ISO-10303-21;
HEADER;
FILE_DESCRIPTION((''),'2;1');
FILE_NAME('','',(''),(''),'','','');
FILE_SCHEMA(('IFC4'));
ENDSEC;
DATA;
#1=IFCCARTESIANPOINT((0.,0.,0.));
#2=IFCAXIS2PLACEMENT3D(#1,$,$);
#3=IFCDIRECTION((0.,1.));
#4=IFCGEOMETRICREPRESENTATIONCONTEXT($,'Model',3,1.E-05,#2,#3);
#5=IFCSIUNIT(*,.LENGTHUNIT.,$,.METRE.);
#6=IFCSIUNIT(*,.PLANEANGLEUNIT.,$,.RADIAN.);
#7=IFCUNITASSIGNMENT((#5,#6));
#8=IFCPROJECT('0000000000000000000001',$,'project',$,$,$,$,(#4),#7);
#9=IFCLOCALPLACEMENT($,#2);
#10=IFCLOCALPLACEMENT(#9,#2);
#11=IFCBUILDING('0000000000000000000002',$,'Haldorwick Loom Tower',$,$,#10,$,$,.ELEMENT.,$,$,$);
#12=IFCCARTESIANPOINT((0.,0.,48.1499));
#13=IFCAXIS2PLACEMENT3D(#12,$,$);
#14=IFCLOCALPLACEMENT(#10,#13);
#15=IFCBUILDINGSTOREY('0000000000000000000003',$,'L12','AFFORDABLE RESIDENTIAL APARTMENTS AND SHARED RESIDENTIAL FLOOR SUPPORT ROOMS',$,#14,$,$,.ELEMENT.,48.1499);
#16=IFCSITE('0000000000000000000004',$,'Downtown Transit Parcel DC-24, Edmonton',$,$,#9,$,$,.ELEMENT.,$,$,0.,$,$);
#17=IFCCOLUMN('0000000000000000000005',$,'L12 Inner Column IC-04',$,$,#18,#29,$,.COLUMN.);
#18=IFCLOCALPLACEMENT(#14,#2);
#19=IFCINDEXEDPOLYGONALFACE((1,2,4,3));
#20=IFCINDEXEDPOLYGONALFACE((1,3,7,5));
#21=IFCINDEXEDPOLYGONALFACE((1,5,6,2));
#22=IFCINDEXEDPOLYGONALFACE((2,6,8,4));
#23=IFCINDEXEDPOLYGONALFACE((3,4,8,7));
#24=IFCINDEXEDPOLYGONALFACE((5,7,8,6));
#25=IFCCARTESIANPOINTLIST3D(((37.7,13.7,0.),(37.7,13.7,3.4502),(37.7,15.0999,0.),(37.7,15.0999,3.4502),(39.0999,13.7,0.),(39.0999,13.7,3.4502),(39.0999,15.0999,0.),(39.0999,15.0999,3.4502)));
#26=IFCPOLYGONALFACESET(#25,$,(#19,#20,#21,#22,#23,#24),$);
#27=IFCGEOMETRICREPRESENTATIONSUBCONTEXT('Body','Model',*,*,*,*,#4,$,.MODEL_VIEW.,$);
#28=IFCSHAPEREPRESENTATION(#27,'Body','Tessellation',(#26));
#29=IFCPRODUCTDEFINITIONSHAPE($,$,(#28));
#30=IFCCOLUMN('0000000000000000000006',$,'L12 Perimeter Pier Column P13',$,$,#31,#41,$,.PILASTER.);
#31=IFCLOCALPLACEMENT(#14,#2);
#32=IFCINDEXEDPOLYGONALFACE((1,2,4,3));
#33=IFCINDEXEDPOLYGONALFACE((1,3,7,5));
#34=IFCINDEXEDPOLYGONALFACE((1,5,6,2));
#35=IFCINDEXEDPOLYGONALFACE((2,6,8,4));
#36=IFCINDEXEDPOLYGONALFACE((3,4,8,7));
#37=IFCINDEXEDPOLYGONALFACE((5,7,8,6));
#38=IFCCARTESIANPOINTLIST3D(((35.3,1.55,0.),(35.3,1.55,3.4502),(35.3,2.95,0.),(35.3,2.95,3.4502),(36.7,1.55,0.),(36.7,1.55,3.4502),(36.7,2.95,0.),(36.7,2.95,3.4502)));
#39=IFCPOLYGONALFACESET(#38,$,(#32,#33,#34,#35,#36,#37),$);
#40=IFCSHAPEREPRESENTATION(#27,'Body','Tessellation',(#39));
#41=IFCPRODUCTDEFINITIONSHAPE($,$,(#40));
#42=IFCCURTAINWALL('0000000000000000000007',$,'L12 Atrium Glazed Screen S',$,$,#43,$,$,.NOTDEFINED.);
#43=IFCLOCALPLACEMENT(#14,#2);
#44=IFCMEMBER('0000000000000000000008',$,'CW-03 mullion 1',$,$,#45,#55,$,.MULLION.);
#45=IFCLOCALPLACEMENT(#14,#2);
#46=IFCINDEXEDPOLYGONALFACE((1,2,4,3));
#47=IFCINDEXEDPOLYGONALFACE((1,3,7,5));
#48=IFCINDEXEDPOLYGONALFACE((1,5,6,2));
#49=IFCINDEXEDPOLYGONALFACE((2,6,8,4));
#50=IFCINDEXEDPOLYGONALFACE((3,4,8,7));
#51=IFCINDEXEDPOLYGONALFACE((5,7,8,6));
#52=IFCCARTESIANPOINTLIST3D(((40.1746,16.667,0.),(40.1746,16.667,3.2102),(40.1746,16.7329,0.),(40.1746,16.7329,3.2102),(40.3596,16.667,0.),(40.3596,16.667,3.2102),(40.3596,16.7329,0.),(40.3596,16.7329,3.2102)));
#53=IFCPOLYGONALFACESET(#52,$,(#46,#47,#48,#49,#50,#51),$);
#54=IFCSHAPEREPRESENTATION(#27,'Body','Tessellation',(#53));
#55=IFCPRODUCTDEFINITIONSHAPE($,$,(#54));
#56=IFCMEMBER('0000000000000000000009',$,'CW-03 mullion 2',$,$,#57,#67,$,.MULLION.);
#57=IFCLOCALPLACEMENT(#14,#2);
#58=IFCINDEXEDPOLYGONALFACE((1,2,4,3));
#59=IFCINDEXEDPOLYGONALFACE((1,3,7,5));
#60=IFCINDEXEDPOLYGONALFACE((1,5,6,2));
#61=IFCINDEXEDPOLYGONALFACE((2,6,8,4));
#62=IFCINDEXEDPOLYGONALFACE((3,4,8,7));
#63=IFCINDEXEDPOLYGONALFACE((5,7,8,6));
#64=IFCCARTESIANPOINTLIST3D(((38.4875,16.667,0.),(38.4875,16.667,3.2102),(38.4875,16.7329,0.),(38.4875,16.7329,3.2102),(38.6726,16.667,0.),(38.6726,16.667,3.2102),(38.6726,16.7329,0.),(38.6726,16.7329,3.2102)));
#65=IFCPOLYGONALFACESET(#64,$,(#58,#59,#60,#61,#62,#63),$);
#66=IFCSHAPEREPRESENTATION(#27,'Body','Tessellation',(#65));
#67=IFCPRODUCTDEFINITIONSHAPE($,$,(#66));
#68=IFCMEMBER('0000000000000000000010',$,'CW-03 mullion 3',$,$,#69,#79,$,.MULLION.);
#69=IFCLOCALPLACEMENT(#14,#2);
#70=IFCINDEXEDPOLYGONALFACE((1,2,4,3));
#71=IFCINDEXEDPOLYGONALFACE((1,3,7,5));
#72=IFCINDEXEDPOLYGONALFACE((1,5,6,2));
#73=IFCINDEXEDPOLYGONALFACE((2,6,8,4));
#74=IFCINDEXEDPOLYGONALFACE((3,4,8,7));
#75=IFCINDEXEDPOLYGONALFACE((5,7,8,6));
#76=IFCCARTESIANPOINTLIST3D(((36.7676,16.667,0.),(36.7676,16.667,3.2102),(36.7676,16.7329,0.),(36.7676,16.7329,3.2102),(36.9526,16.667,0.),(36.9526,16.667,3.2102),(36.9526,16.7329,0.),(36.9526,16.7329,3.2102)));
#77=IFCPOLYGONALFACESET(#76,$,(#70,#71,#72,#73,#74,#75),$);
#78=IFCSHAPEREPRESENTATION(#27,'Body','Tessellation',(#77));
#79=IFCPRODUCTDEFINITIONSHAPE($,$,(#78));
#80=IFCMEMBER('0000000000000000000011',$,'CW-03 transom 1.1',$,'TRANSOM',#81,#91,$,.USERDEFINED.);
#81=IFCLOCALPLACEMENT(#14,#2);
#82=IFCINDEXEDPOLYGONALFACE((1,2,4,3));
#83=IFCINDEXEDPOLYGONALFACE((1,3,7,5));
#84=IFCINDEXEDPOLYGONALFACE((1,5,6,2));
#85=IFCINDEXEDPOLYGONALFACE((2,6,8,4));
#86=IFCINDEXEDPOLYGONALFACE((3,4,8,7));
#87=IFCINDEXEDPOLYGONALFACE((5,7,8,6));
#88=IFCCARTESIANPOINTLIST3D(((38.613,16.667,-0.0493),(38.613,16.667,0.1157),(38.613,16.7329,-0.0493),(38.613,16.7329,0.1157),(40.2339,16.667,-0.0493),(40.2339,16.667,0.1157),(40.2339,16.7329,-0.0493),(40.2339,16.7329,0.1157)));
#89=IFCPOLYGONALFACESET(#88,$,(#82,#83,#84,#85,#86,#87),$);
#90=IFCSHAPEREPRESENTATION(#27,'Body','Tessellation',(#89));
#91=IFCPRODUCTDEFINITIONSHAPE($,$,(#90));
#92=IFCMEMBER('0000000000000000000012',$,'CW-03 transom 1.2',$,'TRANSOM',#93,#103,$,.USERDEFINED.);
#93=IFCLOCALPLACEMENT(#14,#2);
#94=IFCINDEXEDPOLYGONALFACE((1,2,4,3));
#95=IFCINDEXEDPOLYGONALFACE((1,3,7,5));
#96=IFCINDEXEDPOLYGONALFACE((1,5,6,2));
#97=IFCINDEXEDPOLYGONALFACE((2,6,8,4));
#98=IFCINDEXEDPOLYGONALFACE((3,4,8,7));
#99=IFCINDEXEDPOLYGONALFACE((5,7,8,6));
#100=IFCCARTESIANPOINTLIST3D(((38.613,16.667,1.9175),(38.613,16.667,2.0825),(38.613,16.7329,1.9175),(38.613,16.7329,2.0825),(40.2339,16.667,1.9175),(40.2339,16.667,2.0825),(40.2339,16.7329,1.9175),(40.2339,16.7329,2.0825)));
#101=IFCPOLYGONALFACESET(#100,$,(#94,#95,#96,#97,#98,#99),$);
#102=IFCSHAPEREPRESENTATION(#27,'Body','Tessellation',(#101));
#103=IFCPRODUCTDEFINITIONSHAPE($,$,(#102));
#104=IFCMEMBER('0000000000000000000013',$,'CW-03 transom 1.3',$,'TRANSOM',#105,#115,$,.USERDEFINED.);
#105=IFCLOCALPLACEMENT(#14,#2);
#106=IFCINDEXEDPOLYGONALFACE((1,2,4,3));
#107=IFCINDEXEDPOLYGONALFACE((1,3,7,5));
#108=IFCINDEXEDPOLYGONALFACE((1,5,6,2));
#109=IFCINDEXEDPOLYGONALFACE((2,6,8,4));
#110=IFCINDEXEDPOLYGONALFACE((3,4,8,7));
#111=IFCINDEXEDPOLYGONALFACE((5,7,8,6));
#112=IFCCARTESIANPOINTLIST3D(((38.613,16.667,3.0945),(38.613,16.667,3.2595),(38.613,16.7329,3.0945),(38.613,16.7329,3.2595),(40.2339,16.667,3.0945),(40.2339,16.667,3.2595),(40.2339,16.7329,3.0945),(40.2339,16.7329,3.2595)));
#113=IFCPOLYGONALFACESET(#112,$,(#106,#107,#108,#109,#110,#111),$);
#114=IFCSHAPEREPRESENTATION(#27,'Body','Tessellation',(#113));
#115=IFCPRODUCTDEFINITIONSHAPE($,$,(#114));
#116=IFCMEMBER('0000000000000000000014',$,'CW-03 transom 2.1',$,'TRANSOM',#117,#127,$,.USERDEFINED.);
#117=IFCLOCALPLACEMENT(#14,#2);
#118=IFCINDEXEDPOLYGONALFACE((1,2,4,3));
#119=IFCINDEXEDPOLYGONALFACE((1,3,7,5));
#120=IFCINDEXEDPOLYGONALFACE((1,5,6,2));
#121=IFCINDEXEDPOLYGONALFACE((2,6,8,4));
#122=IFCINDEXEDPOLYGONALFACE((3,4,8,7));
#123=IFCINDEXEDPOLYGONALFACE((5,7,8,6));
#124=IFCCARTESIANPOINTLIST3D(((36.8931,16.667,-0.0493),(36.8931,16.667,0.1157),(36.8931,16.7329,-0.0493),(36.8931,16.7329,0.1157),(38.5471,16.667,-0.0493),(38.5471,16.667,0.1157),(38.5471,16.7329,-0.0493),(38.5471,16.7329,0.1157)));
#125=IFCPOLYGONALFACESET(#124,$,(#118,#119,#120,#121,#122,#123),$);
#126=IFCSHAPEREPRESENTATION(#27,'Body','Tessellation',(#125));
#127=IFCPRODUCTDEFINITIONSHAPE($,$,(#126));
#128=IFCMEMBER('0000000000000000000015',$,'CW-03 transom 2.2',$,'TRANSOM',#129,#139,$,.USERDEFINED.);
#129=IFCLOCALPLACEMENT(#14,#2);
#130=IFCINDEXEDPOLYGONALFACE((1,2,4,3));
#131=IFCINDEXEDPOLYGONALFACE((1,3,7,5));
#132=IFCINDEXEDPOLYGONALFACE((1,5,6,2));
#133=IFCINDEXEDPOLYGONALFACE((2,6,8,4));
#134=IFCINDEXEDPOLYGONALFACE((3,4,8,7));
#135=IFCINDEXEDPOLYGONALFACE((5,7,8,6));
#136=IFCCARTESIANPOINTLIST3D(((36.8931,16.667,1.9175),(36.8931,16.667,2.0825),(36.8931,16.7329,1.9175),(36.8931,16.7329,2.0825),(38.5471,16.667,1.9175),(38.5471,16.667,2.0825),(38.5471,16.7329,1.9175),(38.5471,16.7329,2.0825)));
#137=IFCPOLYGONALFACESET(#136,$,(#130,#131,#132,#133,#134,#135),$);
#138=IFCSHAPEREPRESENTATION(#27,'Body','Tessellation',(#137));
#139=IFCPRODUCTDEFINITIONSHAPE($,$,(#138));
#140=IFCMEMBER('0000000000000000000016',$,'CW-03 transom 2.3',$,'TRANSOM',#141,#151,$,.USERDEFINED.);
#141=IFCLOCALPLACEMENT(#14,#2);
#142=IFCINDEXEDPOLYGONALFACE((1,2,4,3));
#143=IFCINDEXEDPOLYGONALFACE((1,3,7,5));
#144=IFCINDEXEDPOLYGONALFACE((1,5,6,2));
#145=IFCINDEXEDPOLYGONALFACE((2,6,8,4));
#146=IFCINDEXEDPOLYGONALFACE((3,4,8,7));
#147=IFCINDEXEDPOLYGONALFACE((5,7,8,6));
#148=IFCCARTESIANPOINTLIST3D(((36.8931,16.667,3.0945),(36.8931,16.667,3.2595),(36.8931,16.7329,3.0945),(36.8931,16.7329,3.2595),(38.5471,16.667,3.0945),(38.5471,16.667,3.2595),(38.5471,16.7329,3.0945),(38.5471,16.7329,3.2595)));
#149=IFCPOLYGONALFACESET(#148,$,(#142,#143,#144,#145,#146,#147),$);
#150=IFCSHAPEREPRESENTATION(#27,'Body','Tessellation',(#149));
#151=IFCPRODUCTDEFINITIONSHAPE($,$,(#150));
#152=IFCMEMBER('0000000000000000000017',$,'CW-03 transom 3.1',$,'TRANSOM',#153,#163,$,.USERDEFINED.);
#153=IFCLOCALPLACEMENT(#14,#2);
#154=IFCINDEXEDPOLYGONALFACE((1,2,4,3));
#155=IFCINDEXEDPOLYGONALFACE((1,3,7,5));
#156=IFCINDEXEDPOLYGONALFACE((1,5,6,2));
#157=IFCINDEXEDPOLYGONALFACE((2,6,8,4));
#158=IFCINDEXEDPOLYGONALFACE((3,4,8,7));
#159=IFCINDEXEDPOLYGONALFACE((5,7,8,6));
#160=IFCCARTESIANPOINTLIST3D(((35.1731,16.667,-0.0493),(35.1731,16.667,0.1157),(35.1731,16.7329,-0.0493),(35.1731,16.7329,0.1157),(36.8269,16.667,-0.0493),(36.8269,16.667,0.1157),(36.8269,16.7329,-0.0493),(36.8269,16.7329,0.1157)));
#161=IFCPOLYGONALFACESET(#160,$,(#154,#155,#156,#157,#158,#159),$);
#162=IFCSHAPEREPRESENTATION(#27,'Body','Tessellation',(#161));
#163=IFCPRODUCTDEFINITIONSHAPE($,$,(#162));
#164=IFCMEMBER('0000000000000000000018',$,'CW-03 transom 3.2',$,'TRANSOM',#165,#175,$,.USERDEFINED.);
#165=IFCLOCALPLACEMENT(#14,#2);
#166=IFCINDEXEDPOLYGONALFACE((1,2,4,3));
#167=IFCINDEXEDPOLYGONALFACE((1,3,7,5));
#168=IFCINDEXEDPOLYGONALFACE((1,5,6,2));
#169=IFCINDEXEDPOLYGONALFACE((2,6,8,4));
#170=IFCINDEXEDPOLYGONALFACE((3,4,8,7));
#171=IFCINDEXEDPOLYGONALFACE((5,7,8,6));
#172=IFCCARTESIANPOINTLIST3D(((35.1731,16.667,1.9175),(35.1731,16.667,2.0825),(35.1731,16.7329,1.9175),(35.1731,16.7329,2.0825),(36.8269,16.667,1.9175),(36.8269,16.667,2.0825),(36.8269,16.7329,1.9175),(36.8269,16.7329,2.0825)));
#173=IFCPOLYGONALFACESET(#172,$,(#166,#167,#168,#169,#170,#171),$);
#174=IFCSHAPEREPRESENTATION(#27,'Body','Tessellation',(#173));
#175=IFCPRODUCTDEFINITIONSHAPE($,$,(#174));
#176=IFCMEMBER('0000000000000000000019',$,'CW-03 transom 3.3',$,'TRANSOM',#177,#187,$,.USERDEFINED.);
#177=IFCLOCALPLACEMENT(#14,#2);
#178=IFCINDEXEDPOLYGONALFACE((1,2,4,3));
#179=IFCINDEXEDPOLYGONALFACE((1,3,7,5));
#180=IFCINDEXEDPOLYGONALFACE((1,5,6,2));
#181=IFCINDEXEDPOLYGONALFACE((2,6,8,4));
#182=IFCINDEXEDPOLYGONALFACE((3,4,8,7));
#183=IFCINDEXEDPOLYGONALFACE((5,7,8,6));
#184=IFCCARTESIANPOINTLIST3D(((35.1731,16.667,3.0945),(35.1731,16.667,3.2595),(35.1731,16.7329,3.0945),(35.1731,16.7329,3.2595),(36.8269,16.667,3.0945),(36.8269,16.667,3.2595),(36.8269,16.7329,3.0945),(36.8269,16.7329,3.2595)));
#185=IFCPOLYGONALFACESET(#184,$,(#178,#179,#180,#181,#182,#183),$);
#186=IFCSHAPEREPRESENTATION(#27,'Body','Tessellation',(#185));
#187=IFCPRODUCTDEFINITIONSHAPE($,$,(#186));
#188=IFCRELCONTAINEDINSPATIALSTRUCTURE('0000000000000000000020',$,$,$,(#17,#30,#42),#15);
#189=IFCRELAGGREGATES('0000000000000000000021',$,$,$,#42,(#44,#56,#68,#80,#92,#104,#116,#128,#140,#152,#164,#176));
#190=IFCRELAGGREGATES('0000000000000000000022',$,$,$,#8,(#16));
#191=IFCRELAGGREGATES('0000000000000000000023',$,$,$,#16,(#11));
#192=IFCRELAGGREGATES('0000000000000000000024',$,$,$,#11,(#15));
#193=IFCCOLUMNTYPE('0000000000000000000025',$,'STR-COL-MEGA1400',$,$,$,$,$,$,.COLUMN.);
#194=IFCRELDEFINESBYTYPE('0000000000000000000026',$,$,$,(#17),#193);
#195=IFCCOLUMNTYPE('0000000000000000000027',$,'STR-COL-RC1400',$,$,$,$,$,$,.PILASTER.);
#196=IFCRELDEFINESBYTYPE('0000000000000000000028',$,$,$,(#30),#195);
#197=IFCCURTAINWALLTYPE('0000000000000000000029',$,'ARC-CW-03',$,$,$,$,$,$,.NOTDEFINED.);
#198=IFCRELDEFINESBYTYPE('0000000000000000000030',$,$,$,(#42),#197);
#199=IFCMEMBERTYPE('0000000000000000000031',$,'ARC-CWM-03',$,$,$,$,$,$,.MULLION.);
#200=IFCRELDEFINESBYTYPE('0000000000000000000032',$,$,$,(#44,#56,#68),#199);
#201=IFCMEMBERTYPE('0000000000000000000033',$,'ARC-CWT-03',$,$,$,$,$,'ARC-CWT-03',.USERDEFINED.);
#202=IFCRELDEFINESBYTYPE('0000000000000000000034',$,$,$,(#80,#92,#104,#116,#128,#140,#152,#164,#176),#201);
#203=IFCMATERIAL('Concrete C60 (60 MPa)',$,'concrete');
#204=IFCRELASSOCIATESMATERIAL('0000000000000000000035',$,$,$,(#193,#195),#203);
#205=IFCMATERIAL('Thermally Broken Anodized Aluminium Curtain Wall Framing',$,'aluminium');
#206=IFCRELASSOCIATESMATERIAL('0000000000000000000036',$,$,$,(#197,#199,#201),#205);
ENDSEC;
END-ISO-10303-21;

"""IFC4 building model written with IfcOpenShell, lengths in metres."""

from ifc_helpers import new_model, si_unit, direction, frame, origin, origin_2d, place, context, subcontext, project, spatial, rectangle, extrude, material, material_profile, profile_set, type_object, element, aggregate, save


model = new_model("IFC4")

# Units and contexts
model_context = context("Model", 3, precision=1e-05, world=origin(), true_north=direction((0.0, 1.0)))
body_context = subcontext(model_context, "Body", "Model", "MODEL_VIEW")
ifc_project = project(units=[si_unit("LENGTHUNIT", "METRE"), si_unit("PLANEANGLEUNIT", "RADIAN")], contexts=[model_context])

# Site, building, storey
site_placement = place(None, origin())
site = spatial("IfcSite", under=ifc_project, at=site_placement, Name="Downtown Transit Parcel DC-24, Edmonton", CompositionType="ELEMENT", RefElevation=0.0)
building_placement = place(site_placement, origin())
building = spatial("IfcBuilding", under=site, at=building_placement, Name="Haldorwick Loom Tower", CompositionType="ELEMENT")
storey_placement = place(building_placement, frame((0.0, 0.0, 48.1499)))
storey = spatial("IfcBuildingStorey", under=building, at=storey_placement, Name="L12", Description="AFFORDABLE RESIDENTIAL APARTMENTS AND SHARED RESIDENTIAL FLOOR SUPPORT ROOMS", CompositionType="ELEMENT", Elevation=48.1499)

# Columns
ifc_material_1 = material(Name="Concrete C60 (60 MPa)", Category="concrete")
ifc_material_profile_1 = material_profile(ifc_material_1, rectangle(XDim=1.3999, YDim=1.3999, at=origin_2d()), Name="RC1400X1400", Category="concrete")
ifc_profile_set_1 = profile_set([ifc_material_profile_1], Name="Concrete C60 (60 MPa)")
column_type_1 = type_object("IfcColumnType", Name="STR-COL-MEGA1400", PredefinedType="COLUMN", material=ifc_profile_set_1)
column_1_placement = place(storey_placement, frame((38.3999, 14.3999, 0.0), z_axis=(0.0, 0.0, 1.0), x_axis=(1.0, 0.0, 0.0)))
element("IfcColumn", 1, at=column_1_placement, inside=storey, type_object=column_type_1, Name="L12 Inner Column IC-04", PredefinedType="COLUMN", context=body_context, shape_type="SweptSolid", body=[
    extrude(rectangle(XDim=1.3999, YDim=1.3999, at=origin_2d()), origin(), (0.0, 0.0, 1.0), 3.4502),
])
ifc_material_profile_2 = material_profile(ifc_material_1, rectangle(XDim=1.3999, YDim=1.3999, at=origin_2d()), Name="RC1400X1400", Category="concrete")
ifc_profile_set_2 = profile_set([ifc_material_profile_2], Name="Concrete C60 (60 MPa)")
column_type_2 = type_object("IfcColumnType", Name="STR-COL-RC1400", PredefinedType="PILASTER", material=ifc_profile_set_2)
column_2_placement = place(storey_placement, frame((36.0, 2.25, 0.0), z_axis=(0.0, 0.0, 1.0), x_axis=(0.0, -1.0, 0.0)))
element("IfcColumn", 2, at=column_2_placement, inside=storey, type_object=column_type_2, Name="L12 Perimeter Pier Column P13", PredefinedType="PILASTER", context=body_context, shape_type="SweptSolid", body=[
    extrude(rectangle(XDim=1.3999, YDim=1.3999, at=origin_2d()), origin(), (0.0, 0.0, 1.0), 3.4502),
])

# Curtain wall, members
ifc_material_2 = material(Name="Thermally Broken Anodized Aluminium Curtain Wall Framing", Category="aluminium")
curtain_wall_type = type_object("IfcCurtainWallType", Name="ARC-CW-03", PredefinedType="NOTDEFINED", material=ifc_material_2)
curtain_wall_placement = place(storey_placement, origin())
curtain_wall = element("IfcCurtainWall", 3, at=curtain_wall_placement, inside=storey, type_object=curtain_wall_type, Name="L12 Atrium Glazed Screen S", PredefinedType="NOTDEFINED")
ifc_material_profile_3 = material_profile(ifc_material_2, rectangle(XDim=0.0659, YDim=0.1851, at=origin_2d()), Name="ALU_MUL_66X185", Category="aluminium")
ifc_profile_set_3 = profile_set([ifc_material_profile_3], Name="Thermally Broken Anodized Aluminium Curtain Wall Framing")
member_type_1 = type_object("IfcMemberType", Name="ARC-CWM-03", PredefinedType="MULLION", material=ifc_profile_set_3)
member_1_placement = place(storey_placement, frame((40.2671, 16.7, 0.0), z_axis=(0.0, 0.0, 1.0), x_axis=(0.0, -1.0, 0.0)))
member_1 = element("IfcMember", 4, at=member_1_placement, type_object=member_type_1, Name="CW-03 mullion 1", PredefinedType="MULLION", context=body_context, shape_type="SweptSolid", body=[
    extrude(rectangle(XDim=0.0659, YDim=0.1851, at=origin_2d()), origin(), (0.0, 0.0, 1.0), 3.2102),
])
member_2_placement = place(storey_placement, frame((38.5801, 16.7, 0.0), z_axis=(0.0, 0.0, 1.0), x_axis=(0.0, -1.0, 0.0)))
member_2 = element("IfcMember", 5, at=member_2_placement, type_object=member_type_1, Name="CW-03 mullion 2", PredefinedType="MULLION", context=body_context, shape_type="SweptSolid", body=[
    extrude(rectangle(XDim=0.0659, YDim=0.1851, at=origin_2d()), origin(), (0.0, 0.0, 1.0), 3.2102),
])
member_3_placement = place(storey_placement, frame((36.8601, 16.7, 0.0), z_axis=(0.0, 0.0, 1.0), x_axis=(0.0, -1.0, 0.0)))
member_3 = element("IfcMember", 6, at=member_3_placement, type_object=member_type_1, Name="CW-03 mullion 3", PredefinedType="MULLION", context=body_context, shape_type="SweptSolid", body=[
    extrude(rectangle(XDim=0.0659, YDim=0.1851, at=origin_2d()), origin(), (0.0, 0.0, 1.0), 3.2102),
])
ifc_material_profile_4 = material_profile(ifc_material_2, rectangle(XDim=0.0659, YDim=0.165, at=origin_2d()), Name="ALU_TRN_66X165", Category="aluminium")
ifc_profile_set_4 = profile_set([ifc_material_profile_4], Name="Thermally Broken Anodized Aluminium Curtain Wall Framing")
member_type_2 = type_object("IfcMemberType", Name="ARC-CWT-03", ElementType="ARC-CWT-03", PredefinedType="USERDEFINED", material=ifc_profile_set_4)
member_4_placement = place(storey_placement, frame((40.2339, 16.7, 0.0332), z_axis=(-1.0, 0.0, 0.0), x_axis=(0.0, -1.0, 0.0)))
member_4 = element("IfcMember", 7, at=member_4_placement, type_object=member_type_2, Name="CW-03 transom 1.1", ObjectType="TRANSOM", PredefinedType="USERDEFINED", context=body_context, shape_type="SweptSolid", body=[
    extrude(rectangle(XDim=0.0659, YDim=0.165, at=origin_2d()), origin(), (0.0, 0.0, 1.0), 1.6208),
])
member_5_placement = place(storey_placement, frame((40.2339, 16.7, 2.0), z_axis=(-1.0, 0.0, 0.0), x_axis=(0.0, -1.0, 0.0)))
member_5 = element("IfcMember", 8, at=member_5_placement, type_object=member_type_2, Name="CW-03 transom 1.2", ObjectType="TRANSOM", PredefinedType="USERDEFINED", context=body_context, shape_type="SweptSolid", body=[
    extrude(rectangle(XDim=0.0659, YDim=0.165, at=origin_2d()), origin(), (0.0, 0.0, 1.0), 1.6208),
])
member_6_placement = place(storey_placement, frame((40.2339, 16.7, 3.177), z_axis=(-1.0, 0.0, 0.0), x_axis=(0.0, -1.0, 0.0)))
member_6 = element("IfcMember", 9, at=member_6_placement, type_object=member_type_2, Name="CW-03 transom 1.3", ObjectType="TRANSOM", PredefinedType="USERDEFINED", context=body_context, shape_type="SweptSolid", body=[
    extrude(rectangle(XDim=0.0659, YDim=0.165, at=origin_2d()), origin(), (0.0, 0.0, 1.0), 1.6208),
])
member_7_placement = place(storey_placement, frame((38.5471, 16.7, 0.0332), z_axis=(-1.0, 0.0, 0.0), x_axis=(0.0, -1.0, 0.0)))
member_7 = element("IfcMember", 10, at=member_7_placement, type_object=member_type_2, Name="CW-03 transom 2.1", ObjectType="TRANSOM", PredefinedType="USERDEFINED", context=body_context, shape_type="SweptSolid", body=[
    extrude(rectangle(XDim=0.0659, YDim=0.165, at=origin_2d()), origin(), (0.0, 0.0, 1.0), 1.6541),
])
member_8_placement = place(storey_placement, frame((38.5471, 16.7, 2.0), z_axis=(-1.0, 0.0, 0.0), x_axis=(0.0, -1.0, 0.0)))
member_8 = element("IfcMember", 11, at=member_8_placement, type_object=member_type_2, Name="CW-03 transom 2.2", ObjectType="TRANSOM", PredefinedType="USERDEFINED", context=body_context, shape_type="SweptSolid", body=[
    extrude(rectangle(XDim=0.0659, YDim=0.165, at=origin_2d()), origin(), (0.0, 0.0, 1.0), 1.6541),
])
member_9_placement = place(storey_placement, frame((38.5471, 16.7, 3.177), z_axis=(-1.0, 0.0, 0.0), x_axis=(0.0, -1.0, 0.0)))
member_9 = element("IfcMember", 12, at=member_9_placement, type_object=member_type_2, Name="CW-03 transom 2.3", ObjectType="TRANSOM", PredefinedType="USERDEFINED", context=body_context, shape_type="SweptSolid", body=[
    extrude(rectangle(XDim=0.0659, YDim=0.165, at=origin_2d()), origin(), (0.0, 0.0, 1.0), 1.6541),
])
member_10_placement = place(storey_placement, frame((36.8269, 16.7, 0.0332), z_axis=(-1.0, 0.0, 0.0), x_axis=(0.0, -1.0, 0.0)))
member_10 = element("IfcMember", 13, at=member_10_placement, type_object=member_type_2, Name="CW-03 transom 3.1", ObjectType="TRANSOM", PredefinedType="USERDEFINED", context=body_context, shape_type="SweptSolid", body=[
    extrude(rectangle(XDim=0.0659, YDim=0.165, at=origin_2d()), origin(), (0.0, 0.0, 1.0), 1.6538),
])
member_11_placement = place(storey_placement, frame((36.8269, 16.7, 2.0), z_axis=(-1.0, 0.0, 0.0), x_axis=(0.0, -1.0, 0.0)))
member_11 = element("IfcMember", 14, at=member_11_placement, type_object=member_type_2, Name="CW-03 transom 3.2", ObjectType="TRANSOM", PredefinedType="USERDEFINED", context=body_context, shape_type="SweptSolid", body=[
    extrude(rectangle(XDim=0.0659, YDim=0.165, at=origin_2d()), origin(), (0.0, 0.0, 1.0), 1.6538),
])
member_12_placement = place(storey_placement, frame((36.8269, 16.7, 3.177), z_axis=(-1.0, 0.0, 0.0), x_axis=(0.0, -1.0, 0.0)))
member_12 = element("IfcMember", 15, at=member_12_placement, type_object=member_type_2, Name="CW-03 transom 3.3", ObjectType="TRANSOM", PredefinedType="USERDEFINED", context=body_context, shape_type="SweptSolid", body=[
    extrude(rectangle(XDim=0.0659, YDim=0.165, at=origin_2d()), origin(), (0.0, 0.0, 1.0), 1.6538),
])

aggregate(curtain_wall, [member_1, member_2, member_3, member_4, member_5, member_6, member_7, member_8, member_9, member_10, member_11, member_12])

save(model, "model.ifc")
